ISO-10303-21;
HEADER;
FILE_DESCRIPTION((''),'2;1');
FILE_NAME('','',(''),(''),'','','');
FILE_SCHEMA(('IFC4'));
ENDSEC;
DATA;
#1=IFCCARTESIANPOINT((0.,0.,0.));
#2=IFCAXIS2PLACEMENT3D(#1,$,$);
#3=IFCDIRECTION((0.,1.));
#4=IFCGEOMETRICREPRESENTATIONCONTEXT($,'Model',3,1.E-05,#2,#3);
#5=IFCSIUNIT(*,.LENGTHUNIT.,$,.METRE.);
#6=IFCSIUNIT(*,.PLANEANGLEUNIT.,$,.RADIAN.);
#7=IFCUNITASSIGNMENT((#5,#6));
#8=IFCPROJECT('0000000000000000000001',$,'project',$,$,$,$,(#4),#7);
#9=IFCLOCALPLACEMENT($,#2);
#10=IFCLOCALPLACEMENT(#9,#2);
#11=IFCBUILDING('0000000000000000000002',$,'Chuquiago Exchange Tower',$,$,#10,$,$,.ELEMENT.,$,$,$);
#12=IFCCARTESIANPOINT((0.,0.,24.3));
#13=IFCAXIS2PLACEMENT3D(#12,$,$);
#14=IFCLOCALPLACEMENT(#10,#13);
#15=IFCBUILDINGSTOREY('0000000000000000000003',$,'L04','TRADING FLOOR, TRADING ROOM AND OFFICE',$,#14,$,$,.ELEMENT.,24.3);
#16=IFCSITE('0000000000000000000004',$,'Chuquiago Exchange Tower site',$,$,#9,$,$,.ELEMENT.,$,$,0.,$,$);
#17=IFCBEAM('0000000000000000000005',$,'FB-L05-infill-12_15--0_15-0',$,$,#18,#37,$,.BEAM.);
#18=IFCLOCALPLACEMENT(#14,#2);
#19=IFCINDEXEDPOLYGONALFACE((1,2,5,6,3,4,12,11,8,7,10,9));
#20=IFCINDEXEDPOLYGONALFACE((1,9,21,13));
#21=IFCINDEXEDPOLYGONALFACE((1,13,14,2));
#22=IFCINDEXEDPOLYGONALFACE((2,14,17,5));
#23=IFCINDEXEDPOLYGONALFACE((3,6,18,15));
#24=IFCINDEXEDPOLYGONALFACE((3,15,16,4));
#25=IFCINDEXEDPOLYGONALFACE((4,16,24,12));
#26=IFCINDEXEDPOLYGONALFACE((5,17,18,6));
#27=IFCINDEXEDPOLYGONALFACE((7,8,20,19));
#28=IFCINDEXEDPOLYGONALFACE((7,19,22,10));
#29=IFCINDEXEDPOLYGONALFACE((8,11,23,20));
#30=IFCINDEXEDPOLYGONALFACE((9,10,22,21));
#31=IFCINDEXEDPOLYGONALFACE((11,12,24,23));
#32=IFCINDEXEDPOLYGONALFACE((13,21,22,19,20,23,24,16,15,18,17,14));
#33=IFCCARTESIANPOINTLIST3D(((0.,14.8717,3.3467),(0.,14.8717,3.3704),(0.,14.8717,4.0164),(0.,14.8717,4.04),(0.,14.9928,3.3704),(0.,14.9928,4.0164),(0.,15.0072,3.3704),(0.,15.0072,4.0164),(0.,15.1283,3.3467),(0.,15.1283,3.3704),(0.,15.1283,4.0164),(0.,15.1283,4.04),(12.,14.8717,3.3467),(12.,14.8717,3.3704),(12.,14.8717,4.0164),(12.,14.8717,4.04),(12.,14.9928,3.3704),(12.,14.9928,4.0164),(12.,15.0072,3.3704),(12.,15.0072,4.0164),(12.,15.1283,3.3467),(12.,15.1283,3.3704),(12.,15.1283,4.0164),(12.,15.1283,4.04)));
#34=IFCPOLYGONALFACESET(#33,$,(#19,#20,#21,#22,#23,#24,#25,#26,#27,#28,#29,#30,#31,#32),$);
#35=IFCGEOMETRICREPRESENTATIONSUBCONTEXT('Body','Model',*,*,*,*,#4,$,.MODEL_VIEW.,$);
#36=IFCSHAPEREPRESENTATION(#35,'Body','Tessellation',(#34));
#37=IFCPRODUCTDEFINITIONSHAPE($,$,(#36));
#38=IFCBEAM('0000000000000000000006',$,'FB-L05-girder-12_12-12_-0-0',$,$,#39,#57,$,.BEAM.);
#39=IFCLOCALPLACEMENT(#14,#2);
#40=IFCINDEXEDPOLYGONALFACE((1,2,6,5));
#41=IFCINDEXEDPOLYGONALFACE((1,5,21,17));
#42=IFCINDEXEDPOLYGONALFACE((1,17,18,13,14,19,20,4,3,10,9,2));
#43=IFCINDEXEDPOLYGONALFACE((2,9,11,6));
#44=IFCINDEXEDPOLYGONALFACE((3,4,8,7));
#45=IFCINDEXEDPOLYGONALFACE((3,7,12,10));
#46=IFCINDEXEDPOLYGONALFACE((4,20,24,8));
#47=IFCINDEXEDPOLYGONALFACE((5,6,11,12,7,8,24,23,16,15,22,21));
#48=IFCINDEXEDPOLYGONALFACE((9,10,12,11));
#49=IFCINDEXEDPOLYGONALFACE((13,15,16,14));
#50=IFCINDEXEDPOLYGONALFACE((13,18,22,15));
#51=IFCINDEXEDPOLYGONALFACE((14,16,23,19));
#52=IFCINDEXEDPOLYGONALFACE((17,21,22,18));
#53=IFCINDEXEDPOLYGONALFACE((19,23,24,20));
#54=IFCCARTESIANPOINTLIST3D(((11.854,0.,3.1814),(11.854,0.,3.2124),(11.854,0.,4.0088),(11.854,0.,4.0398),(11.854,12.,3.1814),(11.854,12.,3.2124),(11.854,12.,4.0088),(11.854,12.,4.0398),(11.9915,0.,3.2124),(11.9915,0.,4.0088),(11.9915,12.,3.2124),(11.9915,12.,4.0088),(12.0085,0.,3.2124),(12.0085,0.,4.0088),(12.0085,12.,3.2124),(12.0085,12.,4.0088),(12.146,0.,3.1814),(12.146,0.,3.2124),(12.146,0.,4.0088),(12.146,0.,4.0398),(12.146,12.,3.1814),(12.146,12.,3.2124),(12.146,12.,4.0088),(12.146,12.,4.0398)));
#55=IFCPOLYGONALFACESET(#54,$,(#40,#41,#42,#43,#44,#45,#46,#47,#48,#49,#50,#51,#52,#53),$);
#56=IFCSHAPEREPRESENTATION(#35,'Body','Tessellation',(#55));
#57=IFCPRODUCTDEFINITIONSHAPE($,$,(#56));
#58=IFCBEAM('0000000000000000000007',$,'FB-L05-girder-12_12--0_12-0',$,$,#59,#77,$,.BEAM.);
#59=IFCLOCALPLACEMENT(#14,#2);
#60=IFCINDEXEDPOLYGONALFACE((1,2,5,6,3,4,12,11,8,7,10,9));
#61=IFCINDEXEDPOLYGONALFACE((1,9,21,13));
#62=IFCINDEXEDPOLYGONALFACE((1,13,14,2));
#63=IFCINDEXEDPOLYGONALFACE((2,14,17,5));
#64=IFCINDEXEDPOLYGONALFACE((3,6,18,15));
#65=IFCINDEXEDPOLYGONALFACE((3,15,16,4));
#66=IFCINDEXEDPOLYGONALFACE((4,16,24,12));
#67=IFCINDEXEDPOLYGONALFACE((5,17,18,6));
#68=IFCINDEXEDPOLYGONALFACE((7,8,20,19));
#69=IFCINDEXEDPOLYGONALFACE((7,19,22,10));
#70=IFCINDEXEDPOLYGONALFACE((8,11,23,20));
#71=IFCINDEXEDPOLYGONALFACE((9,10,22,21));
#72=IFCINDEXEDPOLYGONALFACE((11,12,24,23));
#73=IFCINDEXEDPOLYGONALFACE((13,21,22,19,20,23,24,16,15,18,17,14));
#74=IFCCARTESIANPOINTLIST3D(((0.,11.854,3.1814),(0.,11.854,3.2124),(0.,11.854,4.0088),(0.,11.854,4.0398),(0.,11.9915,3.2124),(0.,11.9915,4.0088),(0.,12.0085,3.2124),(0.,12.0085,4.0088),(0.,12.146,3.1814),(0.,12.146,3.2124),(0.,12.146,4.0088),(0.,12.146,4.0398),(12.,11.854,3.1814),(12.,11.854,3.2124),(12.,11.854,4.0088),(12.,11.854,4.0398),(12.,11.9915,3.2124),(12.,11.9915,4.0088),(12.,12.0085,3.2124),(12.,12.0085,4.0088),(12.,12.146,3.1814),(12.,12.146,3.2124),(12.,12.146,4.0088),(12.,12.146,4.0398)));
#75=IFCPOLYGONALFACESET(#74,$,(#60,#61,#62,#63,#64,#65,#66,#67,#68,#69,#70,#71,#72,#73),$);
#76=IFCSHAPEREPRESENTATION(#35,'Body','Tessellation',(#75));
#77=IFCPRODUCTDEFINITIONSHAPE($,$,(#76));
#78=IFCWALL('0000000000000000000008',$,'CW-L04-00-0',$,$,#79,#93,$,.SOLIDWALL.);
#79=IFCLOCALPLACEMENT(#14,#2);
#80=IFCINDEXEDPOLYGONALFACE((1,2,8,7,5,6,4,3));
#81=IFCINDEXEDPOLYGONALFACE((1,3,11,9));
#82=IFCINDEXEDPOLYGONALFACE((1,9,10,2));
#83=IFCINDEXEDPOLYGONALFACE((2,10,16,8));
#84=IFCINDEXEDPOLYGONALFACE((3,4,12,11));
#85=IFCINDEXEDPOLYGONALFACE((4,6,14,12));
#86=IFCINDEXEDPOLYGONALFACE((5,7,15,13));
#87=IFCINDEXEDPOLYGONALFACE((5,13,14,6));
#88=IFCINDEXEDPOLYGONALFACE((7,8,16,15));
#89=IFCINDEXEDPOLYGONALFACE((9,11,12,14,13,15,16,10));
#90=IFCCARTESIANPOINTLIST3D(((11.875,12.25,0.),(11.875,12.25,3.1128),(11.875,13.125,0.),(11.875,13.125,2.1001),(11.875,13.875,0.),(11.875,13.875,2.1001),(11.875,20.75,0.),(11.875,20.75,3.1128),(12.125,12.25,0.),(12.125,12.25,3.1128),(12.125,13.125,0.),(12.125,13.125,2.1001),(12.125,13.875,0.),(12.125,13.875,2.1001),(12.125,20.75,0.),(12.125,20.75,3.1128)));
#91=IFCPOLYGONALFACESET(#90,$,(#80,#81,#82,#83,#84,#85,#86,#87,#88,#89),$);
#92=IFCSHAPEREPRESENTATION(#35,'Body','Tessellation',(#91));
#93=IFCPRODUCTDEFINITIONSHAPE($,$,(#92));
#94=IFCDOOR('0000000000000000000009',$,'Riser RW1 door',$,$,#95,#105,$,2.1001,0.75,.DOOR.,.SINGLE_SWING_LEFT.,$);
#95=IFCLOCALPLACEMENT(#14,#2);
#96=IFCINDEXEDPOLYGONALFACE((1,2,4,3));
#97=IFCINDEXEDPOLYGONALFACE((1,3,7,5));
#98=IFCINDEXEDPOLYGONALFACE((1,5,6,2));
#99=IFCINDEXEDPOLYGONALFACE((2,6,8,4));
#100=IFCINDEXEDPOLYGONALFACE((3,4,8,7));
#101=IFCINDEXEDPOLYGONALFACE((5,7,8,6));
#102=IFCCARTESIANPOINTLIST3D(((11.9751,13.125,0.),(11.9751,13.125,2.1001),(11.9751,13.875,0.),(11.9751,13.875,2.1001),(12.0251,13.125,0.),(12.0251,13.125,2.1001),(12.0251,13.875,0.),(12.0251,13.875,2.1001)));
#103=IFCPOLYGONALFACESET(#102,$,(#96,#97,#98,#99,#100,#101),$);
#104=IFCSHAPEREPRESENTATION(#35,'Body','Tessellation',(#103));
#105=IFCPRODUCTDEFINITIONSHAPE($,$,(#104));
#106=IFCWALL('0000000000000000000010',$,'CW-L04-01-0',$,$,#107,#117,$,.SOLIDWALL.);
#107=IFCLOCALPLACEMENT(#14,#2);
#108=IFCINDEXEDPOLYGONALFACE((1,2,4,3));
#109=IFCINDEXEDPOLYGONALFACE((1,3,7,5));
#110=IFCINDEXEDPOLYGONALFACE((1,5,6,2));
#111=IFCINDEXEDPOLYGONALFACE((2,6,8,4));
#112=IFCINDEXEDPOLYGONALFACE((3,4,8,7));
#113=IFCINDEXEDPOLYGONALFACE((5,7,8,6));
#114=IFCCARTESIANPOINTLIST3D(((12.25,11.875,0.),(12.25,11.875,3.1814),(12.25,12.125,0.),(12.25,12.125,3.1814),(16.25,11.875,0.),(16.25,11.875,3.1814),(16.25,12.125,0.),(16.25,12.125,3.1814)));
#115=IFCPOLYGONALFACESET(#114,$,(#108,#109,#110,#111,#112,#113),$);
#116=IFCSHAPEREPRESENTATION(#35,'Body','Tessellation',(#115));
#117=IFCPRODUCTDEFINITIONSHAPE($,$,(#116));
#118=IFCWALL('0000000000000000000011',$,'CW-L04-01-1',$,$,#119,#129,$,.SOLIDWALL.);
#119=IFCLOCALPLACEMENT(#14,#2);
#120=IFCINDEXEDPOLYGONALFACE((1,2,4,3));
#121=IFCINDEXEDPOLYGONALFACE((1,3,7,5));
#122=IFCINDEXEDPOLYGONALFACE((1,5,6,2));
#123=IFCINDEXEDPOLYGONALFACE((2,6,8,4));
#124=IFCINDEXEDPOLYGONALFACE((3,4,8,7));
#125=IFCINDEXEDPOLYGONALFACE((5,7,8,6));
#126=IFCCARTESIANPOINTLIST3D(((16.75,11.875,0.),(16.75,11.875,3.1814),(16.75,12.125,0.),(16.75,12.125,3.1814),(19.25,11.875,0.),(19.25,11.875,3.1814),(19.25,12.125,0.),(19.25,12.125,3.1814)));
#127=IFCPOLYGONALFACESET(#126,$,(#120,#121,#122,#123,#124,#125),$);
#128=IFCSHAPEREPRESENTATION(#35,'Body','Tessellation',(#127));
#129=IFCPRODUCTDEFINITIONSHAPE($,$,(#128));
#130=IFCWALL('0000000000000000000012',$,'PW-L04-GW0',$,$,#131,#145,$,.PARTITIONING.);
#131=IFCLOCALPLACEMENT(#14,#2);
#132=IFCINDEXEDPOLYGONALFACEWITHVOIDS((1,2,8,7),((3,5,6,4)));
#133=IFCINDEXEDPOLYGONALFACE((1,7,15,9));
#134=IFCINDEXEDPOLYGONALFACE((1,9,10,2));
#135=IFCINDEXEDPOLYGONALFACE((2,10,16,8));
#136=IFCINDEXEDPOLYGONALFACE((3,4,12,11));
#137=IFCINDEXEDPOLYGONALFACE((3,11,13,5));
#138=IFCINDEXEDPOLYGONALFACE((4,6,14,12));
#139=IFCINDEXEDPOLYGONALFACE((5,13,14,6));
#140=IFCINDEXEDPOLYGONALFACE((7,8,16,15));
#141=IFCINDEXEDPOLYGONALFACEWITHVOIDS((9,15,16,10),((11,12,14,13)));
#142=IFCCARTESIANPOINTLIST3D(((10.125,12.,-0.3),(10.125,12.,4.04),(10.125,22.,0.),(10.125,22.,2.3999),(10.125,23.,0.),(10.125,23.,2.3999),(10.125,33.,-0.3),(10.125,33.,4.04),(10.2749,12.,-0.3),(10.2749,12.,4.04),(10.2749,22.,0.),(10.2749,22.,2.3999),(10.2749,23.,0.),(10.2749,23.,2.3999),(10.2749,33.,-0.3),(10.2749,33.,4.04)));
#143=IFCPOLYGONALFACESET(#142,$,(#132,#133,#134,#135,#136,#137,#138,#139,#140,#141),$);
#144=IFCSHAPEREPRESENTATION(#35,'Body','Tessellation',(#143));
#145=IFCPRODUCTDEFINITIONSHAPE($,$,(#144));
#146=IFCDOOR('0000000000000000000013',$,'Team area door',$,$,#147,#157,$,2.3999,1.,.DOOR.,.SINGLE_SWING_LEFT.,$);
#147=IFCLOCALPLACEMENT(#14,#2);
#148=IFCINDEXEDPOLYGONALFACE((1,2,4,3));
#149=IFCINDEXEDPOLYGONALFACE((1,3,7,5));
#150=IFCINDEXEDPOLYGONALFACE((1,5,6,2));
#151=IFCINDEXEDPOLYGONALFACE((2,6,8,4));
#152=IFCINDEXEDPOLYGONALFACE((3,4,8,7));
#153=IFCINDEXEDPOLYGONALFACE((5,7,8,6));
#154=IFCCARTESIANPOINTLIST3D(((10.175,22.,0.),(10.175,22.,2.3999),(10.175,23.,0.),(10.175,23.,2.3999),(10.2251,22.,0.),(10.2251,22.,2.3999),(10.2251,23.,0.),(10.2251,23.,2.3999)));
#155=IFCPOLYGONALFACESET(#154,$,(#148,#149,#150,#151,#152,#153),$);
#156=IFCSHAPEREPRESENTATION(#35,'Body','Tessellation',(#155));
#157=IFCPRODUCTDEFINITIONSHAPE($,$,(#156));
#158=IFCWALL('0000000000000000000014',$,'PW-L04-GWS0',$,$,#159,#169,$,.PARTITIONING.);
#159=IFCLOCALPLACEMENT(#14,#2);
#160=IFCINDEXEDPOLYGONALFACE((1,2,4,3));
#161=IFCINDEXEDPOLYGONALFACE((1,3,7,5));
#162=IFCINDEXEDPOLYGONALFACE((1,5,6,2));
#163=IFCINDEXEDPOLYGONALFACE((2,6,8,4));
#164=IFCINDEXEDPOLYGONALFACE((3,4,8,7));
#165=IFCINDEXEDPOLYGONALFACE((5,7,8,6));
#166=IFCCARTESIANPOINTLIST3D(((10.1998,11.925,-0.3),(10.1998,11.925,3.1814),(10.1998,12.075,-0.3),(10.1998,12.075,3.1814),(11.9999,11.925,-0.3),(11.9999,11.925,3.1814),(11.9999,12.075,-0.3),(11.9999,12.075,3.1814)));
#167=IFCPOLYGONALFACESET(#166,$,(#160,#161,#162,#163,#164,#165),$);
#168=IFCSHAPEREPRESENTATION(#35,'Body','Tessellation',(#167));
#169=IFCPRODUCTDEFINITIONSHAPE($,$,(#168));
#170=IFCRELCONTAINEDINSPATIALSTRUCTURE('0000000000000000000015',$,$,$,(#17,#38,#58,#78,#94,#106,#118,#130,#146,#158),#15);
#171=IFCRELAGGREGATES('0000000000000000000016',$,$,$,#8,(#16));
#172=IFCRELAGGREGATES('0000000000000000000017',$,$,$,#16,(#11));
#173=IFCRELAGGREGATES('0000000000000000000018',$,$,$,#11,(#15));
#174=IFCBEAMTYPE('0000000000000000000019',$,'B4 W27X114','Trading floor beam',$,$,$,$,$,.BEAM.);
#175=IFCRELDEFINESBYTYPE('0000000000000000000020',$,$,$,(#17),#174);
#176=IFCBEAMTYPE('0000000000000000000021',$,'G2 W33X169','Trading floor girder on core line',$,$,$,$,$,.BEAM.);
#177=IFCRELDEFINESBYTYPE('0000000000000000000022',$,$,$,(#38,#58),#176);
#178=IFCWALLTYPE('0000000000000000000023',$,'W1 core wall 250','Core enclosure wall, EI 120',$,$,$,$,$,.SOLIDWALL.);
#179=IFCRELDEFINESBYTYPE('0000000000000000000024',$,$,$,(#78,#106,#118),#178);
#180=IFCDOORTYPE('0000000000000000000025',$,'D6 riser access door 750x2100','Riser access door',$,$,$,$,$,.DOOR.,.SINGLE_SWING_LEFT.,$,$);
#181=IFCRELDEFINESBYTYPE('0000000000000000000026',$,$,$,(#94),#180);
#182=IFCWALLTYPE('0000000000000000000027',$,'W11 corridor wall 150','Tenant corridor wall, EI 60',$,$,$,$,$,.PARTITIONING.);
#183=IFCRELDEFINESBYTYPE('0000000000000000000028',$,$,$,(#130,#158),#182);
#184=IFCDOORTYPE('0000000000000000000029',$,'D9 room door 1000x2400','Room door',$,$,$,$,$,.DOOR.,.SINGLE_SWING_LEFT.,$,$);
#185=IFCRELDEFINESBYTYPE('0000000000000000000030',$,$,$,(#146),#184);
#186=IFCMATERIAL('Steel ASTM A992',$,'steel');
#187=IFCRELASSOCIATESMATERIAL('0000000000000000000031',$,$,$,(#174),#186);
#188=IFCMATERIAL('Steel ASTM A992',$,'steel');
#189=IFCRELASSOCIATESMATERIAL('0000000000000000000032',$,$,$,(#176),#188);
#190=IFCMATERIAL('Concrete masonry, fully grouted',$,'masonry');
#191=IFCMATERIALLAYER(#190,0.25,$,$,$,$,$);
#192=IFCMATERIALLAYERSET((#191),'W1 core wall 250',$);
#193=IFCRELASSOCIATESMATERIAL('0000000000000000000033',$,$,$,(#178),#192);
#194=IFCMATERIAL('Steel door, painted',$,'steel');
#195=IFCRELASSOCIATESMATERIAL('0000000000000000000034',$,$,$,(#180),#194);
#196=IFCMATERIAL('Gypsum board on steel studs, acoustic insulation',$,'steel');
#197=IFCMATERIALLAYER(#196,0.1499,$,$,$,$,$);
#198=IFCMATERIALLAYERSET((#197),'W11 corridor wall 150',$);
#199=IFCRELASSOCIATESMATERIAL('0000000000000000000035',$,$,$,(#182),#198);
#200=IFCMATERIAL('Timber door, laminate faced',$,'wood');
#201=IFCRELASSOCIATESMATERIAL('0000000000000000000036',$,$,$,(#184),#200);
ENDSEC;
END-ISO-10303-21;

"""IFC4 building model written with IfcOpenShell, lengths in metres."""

from ifc_helpers import new_model, si_unit, direction, frame, frame_2d, origin, origin_2d, place, context, subcontext, project, spatial, rectangle, i_section, extrude, material, layer, layer_set, material_profile, profile_set, type_object, element, fill, save


model = new_model("IFC4")

# Units and contexts
model_context = context("Model", 3, precision=1e-05, world=origin(), true_north=direction((0.0, 1.0)))
body_context = subcontext(model_context, "Body", "Model", "MODEL_VIEW")
ifc_project = project(units=[si_unit("LENGTHUNIT", "METRE"), si_unit("PLANEANGLEUNIT", "RADIAN")], contexts=[model_context])

# Site, building, storey
site_placement = place(None, origin())
site = spatial("IfcSite", under=ifc_project, at=site_placement, Name="Chuquiago Exchange Tower site", CompositionType="ELEMENT", RefElevation=0.0)
building_placement = place(site_placement, origin())
building = spatial("IfcBuilding", under=site, at=building_placement, Name="Chuquiago Exchange Tower", CompositionType="ELEMENT")
storey_placement = place(building_placement, frame((0.0, 0.0, 24.3)))
storey = spatial("IfcBuildingStorey", under=building, at=storey_placement, Name="L04", Description="TRADING FLOOR, TRADING ROOM AND OFFICE", CompositionType="ELEMENT", Elevation=24.3)

# Beams
ifc_material_1 = material(Name="Steel ASTM A992", Category="steel")
ifc_material_profile_1 = material_profile(ifc_material_1, i_section(OverallWidth=0.2566, OverallDepth=0.6934, WebThickness=0.0144, FlangeThickness=0.0237, at=origin_2d()), Name="W27X114")
ifc_profile_set_1 = profile_set([ifc_material_profile_1], Name="Steel ASTM A992")
beam_type_1 = type_object("IfcBeamType", Name="B4 W27X114", Description="Trading floor beam", PredefinedType="BEAM", material=ifc_profile_set_1)
for number, where, z_axis, x_axis, name in (
    (1, (12.0, 15.0, 3.6934), (-1.0, 0.0, 0.0), (0.0, -1.0, 0.0), "FB-L05-infill-12_15--0_15-0"),
):
    element("IfcBeam", number, at=place(storey_placement, frame(where, z_axis=z_axis, x_axis=x_axis)), inside=storey, type_object=beam_type_1, Name=name, PredefinedType="BEAM", context=body_context, shape_type="SweptSolid", body=[
        extrude(i_section(OverallWidth=0.2566, OverallDepth=0.6934, WebThickness=0.0144, FlangeThickness=0.0237, at=origin_2d()), origin(), (0.0, 0.0, 1.0), 12.0),
    ])
ifc_material_2 = material(Name="Steel ASTM A992", Category="steel")
ifc_material_profile_2 = material_profile(ifc_material_2, i_section(OverallWidth=0.292, OverallDepth=0.8584, WebThickness=0.0171, FlangeThickness=0.031, at=origin_2d()), Name="W33X169")
ifc_profile_set_2 = profile_set([ifc_material_profile_2], Name="Steel ASTM A992")
beam_type_2 = type_object("IfcBeamType", Name="G2 W33X169", Description="Trading floor girder on core line", PredefinedType="BEAM", material=ifc_profile_set_2)
for number, where, z_axis, x_axis, name in (
    (2, (12.0, 12.0, 3.6106), (0.0, -1.0, 0.0), (1.0, 0.0, 0.0), "FB-L05-girder-12_12-12_-0-0"),
    (3, (12.0, 12.0, 3.6106), (-1.0, 0.0, 0.0), (0.0, -1.0, 0.0), "FB-L05-girder-12_12--0_12-0"),
):
    element("IfcBeam", number, at=place(storey_placement, frame(where, z_axis=z_axis, x_axis=x_axis)), inside=storey, type_object=beam_type_2, Name=name, PredefinedType="BEAM", context=body_context, shape_type="SweptSolid", body=[
        extrude(i_section(OverallWidth=0.292, OverallDepth=0.8584, WebThickness=0.0171, FlangeThickness=0.031, at=origin_2d()), origin(), (0.0, 0.0, 1.0), 12.0),
    ])

# Wall, opening, door
ifc_material_3 = material(Name="Concrete masonry, fully grouted", Category="masonry")
ifc_layer_1 = layer(ifc_material_3, 0.25)
ifc_layer_set_1 = layer_set([ifc_layer_1], Name="W1 core wall 250")
wall_type_1 = type_object("IfcWallType", Name="W1 core wall 250", Description="Core enclosure wall, EI 120", PredefinedType="SOLIDWALL", material=ifc_layer_set_1)
wall_1_placement = place(storey_placement, frame((12.0, 12.25, 0.0), z_axis=(0.0, 0.0, 1.0), x_axis=(0.0, 1.0, 0.0)))
wall_1 = element("IfcWall", 4, at=wall_1_placement, inside=storey, type_object=wall_type_1, Name="CW-L04-00-0", PredefinedType="SOLIDWALL", context=body_context, shape_type="SweptSolid", body=[
    extrude(rectangle(XDim=8.5, YDim=0.25, at=frame_2d((4.25, 0.0))), origin(), (0.0, 0.0, 1.0), 3.1128),
])
opening_1_placement = place(wall_1_placement, frame((0.875, 0.0, 0.0)))
opening_1 = element("IfcOpeningElement", 5, at=opening_1_placement, cuts=wall_1, PredefinedType="OPENING", context=body_context, shape_type="SweptSolid", body=[
    extrude(rectangle(XDim=0.75, YDim=2.1001, at=frame_2d((0.375, 1.05))), frame((0.0, 0.135, 0.0), z_axis=(0.0, -1.0, 0.0), x_axis=(1.0, 0.0, 0.0)), (0.0, 0.0, 1.0), 0.27),
])
ifc_material_4 = material(Name="Steel door, painted", Category="steel")
door_type_1 = type_object("IfcDoorType", Name="D6 riser access door 750x2100", Description="Riser access door", OperationType="SINGLE_SWING_LEFT", PredefinedType="DOOR", material=ifc_material_4)
door_1_placement = place(opening_1_placement, origin())
door_1 = element("IfcDoor", 6, at=door_1_placement, inside=storey, type_object=door_type_1, Name="Riser RW1 door", OperationType="SINGLE_SWING_LEFT", OverallHeight=2.1001, OverallWidth=0.75, PredefinedType="DOOR", context=body_context, shape_type="SweptSolid", body=[
    extrude(rectangle(XDim=0.75, YDim=2.1001, at=frame_2d((0.375, 1.05))), frame((0.0, 0.0249, 0.0), z_axis=(0.0, -1.0, 0.0), x_axis=(1.0, 0.0, 0.0)), (0.0, 0.0, 1.0), 0.05),
])
fill(opening_1, door_1)

# Walls
wall_2_placement = place(storey_placement, frame((12.25, 12.0, 0.0), z_axis=(0.0, 0.0, 1.0), x_axis=(1.0, 0.0, 0.0)))
element("IfcWall", 7, at=wall_2_placement, inside=storey, type_object=wall_type_1, Name="CW-L04-01-0", PredefinedType="SOLIDWALL", context=body_context, shape_type="SweptSolid", body=[
    extrude(rectangle(XDim=4.0, YDim=0.25, at=frame_2d((2.0, 0.0))), origin(), (0.0, 0.0, 1.0), 3.1814),
])
wall_3_placement = place(storey_placement, frame((16.75, 12.0, 0.0), z_axis=(0.0, 0.0, 1.0), x_axis=(1.0, 0.0, 0.0)))
element("IfcWall", 8, at=wall_3_placement, inside=storey, type_object=wall_type_1, Name="CW-L04-01-1", PredefinedType="SOLIDWALL", context=body_context, shape_type="SweptSolid", body=[
    extrude(rectangle(XDim=2.5, YDim=0.25, at=frame_2d((1.25, 0.0))), origin(), (0.0, 0.0, 1.0), 3.1814),
])

# Wall, opening, door
ifc_material_5 = material(Name="Gypsum board on steel studs, acoustic insulation", Category="steel")
ifc_layer_2 = layer(ifc_material_5, 0.1499)
ifc_layer_set_2 = layer_set([ifc_layer_2], Name="W11 corridor wall 150")
wall_type_2 = type_object("IfcWallType", Name="W11 corridor wall 150", Description="Tenant corridor wall, EI 60", PredefinedType="PARTITIONING", material=ifc_layer_set_2)
wall_4_placement = place(storey_placement, frame((10.2, 12.0, -0.3), z_axis=(0.0, 0.0, 1.0), x_axis=(0.0, 1.0, 0.0)))
wall_4 = element("IfcWall", 9, at=wall_4_placement, inside=storey, type_object=wall_type_2, Name="PW-L04-GW0", PredefinedType="PARTITIONING", context=body_context, shape_type="SweptSolid", body=[
    extrude(rectangle(XDim=21.0, YDim=0.1499, at=frame_2d((10.5, 0.0))), origin(), (0.0, 0.0, 1.0), 4.3401),
])
opening_2_placement = place(wall_4_placement, frame((10.0, 0.0, 0.3)))
opening_2 = element("IfcOpeningElement", 10, at=opening_2_placement, cuts=wall_4, PredefinedType="OPENING", context=body_context, shape_type="SweptSolid", body=[
    extrude(rectangle(XDim=1.0, YDim=2.3999, at=frame_2d((0.5, 1.2))), frame((0.0, 0.085, 0.0), z_axis=(0.0, -1.0, 0.0), x_axis=(1.0, 0.0, 0.0)), (0.0, 0.0, 1.0), 0.1699),
])
ifc_material_6 = material(Name="Timber door, laminate faced", Category="wood")
door_type_2 = type_object("IfcDoorType", Name="D9 room door 1000x2400", Description="Room door", OperationType="SINGLE_SWING_LEFT", PredefinedType="DOOR", material=ifc_material_6)
door_2_placement = place(opening_2_placement, origin())
door_2 = element("IfcDoor", 11, at=door_2_placement, inside=storey, type_object=door_type_2, Name="Team area door", OperationType="SINGLE_SWING_LEFT", OverallHeight=2.3999, OverallWidth=1.0, PredefinedType="DOOR", context=body_context, shape_type="SweptSolid", body=[
    extrude(rectangle(XDim=1.0, YDim=2.3999, at=frame_2d((0.5, 1.2))), frame((0.0, 0.0249, 0.0), z_axis=(0.0, -1.0, 0.0), x_axis=(1.0, 0.0, 0.0)), (0.0, 0.0, 1.0), 0.05),
])
fill(opening_2, door_2)

# Wall
wall_5_placement = place(storey_placement, frame((10.2, 12.0, -0.3), z_axis=(0.0, 0.0, 1.0), x_axis=(1.0, 0.0, 0.0)))
element("IfcWall", 12, at=wall_5_placement, inside=storey, type_object=wall_type_2, Name="PW-L04-GWS0", PredefinedType="PARTITIONING", context=body_context, shape_type="SweptSolid", body=[
    extrude(rectangle(XDim=1.8, YDim=0.1499, at=frame_2d((0.8999, 0.0))), origin(), (0.0, 0.0, 1.0), 3.4814),
])

save(model, "model.ifc")
